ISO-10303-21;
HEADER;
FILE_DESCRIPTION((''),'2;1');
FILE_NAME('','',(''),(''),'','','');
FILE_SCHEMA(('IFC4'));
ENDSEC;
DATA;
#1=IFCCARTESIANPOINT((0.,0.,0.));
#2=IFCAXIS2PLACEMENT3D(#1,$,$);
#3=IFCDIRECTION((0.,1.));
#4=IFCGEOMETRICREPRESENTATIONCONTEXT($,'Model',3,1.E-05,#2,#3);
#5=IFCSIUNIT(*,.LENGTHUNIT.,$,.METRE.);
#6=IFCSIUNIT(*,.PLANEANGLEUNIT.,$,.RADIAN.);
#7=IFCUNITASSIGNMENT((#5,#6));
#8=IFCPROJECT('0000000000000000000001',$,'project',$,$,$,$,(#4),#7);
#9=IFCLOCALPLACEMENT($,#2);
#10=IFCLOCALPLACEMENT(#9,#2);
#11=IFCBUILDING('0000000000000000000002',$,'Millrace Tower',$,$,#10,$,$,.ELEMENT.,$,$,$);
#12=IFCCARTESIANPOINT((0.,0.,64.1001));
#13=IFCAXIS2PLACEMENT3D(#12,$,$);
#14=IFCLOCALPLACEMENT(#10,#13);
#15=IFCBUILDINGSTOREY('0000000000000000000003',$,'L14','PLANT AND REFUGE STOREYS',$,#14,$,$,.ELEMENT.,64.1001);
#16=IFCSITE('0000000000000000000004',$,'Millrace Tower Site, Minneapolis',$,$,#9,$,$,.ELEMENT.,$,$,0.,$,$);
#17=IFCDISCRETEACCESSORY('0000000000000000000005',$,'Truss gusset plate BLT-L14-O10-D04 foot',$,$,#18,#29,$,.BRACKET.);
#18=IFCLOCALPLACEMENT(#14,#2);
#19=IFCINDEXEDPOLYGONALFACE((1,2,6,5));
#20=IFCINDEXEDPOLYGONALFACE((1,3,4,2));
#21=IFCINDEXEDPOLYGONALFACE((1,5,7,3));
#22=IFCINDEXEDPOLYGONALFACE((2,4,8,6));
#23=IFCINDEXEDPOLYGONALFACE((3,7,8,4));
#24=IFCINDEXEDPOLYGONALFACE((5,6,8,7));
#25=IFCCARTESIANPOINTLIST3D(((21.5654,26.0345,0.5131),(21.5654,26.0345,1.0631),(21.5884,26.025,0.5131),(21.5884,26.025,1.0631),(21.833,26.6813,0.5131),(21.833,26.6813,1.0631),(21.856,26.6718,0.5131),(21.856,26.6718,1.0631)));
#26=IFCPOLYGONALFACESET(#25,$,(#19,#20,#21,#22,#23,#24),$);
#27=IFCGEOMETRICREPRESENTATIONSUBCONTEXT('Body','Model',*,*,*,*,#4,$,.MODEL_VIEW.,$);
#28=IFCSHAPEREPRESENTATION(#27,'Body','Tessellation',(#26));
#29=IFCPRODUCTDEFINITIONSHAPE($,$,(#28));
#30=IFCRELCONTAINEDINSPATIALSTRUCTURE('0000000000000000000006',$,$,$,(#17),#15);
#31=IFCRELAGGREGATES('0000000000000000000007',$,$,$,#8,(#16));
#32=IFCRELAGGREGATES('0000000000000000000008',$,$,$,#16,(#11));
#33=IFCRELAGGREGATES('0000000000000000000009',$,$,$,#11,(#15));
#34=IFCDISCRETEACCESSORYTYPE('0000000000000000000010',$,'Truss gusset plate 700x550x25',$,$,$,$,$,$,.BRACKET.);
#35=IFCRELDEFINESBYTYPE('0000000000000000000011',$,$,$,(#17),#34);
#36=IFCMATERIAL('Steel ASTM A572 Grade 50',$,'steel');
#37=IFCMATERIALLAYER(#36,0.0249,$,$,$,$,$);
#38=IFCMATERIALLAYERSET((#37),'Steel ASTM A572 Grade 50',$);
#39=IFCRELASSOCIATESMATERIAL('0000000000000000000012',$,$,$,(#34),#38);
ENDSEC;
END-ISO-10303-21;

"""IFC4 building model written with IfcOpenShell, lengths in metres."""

from ifc_helpers import new_model, si_unit, direction, frame, origin, origin_2d, place, context, subcontext, project, spatial, rectangle, extrude, material, layer, layer_set, type_object, element, save


model = new_model("IFC4")

# Units and contexts
model_context = context("Model", 3, precision=1e-05, world=origin(), true_north=direction((0.0, 1.0)))
body_context = subcontext(model_context, "Body", "Model", "MODEL_VIEW")
ifc_project = project(units=[si_unit("LENGTHUNIT", "METRE"), si_unit("PLANEANGLEUNIT", "RADIAN")], contexts=[model_context])

# Site, building, storey
site_placement = place(None, origin())
site = spatial("IfcSite", under=ifc_project, at=site_placement, Name="Millrace Tower Site, Minneapolis", CompositionType="ELEMENT", RefElevation=0.0)
building_placement = place(site_placement, origin())
building = spatial("IfcBuilding", under=site, at=building_placement, Name="Millrace Tower", CompositionType="ELEMENT")
storey_placement = place(building_placement, frame((0.0, 0.0, 64.1001)))
storey = spatial("IfcBuildingStorey", under=building, at=storey_placement, Name="L14", Description="PLANT AND REFUGE STOREYS", CompositionType="ELEMENT", Elevation=64.1001)

# Discrete accessory
ifc_material_1 = material(Name="Steel ASTM A572 Grade 50", Category="steel")
ifc_layer_1 = layer(ifc_material_1, 0.0249)
ifc_layer_set_1 = layer_set([ifc_layer_1], Name="Steel ASTM A572 Grade 50")
discrete_accessory_type = type_object("IfcDiscreteAccessoryType", Name="Truss gusset plate 700x550x25", PredefinedType="BRACKET", material=ifc_layer_set_1)
for number, where, z_axis, x_axis, name in (
    (1, (21.5769, 26.0298, 0.7881), (0.382311, 0.924034, 0.0), (-0.924034, 0.382311, 0.0), "Truss gusset plate BLT-L14-O10-D04 foot"),
):
    element("IfcDiscreteAccessory", number, at=place(storey_placement, frame(where, z_axis=z_axis, x_axis=x_axis)), inside=storey, type_object=discrete_accessory_type, Name=name, PredefinedType="BRACKET", context=body_context, shape_type="SweptSolid", body=[
        extrude(rectangle(XDim=0.0249, YDim=0.55, at=origin_2d()), origin(), (0.0, 0.0, 1.0), 0.7),
    ])

save(model, "model.ifc")
